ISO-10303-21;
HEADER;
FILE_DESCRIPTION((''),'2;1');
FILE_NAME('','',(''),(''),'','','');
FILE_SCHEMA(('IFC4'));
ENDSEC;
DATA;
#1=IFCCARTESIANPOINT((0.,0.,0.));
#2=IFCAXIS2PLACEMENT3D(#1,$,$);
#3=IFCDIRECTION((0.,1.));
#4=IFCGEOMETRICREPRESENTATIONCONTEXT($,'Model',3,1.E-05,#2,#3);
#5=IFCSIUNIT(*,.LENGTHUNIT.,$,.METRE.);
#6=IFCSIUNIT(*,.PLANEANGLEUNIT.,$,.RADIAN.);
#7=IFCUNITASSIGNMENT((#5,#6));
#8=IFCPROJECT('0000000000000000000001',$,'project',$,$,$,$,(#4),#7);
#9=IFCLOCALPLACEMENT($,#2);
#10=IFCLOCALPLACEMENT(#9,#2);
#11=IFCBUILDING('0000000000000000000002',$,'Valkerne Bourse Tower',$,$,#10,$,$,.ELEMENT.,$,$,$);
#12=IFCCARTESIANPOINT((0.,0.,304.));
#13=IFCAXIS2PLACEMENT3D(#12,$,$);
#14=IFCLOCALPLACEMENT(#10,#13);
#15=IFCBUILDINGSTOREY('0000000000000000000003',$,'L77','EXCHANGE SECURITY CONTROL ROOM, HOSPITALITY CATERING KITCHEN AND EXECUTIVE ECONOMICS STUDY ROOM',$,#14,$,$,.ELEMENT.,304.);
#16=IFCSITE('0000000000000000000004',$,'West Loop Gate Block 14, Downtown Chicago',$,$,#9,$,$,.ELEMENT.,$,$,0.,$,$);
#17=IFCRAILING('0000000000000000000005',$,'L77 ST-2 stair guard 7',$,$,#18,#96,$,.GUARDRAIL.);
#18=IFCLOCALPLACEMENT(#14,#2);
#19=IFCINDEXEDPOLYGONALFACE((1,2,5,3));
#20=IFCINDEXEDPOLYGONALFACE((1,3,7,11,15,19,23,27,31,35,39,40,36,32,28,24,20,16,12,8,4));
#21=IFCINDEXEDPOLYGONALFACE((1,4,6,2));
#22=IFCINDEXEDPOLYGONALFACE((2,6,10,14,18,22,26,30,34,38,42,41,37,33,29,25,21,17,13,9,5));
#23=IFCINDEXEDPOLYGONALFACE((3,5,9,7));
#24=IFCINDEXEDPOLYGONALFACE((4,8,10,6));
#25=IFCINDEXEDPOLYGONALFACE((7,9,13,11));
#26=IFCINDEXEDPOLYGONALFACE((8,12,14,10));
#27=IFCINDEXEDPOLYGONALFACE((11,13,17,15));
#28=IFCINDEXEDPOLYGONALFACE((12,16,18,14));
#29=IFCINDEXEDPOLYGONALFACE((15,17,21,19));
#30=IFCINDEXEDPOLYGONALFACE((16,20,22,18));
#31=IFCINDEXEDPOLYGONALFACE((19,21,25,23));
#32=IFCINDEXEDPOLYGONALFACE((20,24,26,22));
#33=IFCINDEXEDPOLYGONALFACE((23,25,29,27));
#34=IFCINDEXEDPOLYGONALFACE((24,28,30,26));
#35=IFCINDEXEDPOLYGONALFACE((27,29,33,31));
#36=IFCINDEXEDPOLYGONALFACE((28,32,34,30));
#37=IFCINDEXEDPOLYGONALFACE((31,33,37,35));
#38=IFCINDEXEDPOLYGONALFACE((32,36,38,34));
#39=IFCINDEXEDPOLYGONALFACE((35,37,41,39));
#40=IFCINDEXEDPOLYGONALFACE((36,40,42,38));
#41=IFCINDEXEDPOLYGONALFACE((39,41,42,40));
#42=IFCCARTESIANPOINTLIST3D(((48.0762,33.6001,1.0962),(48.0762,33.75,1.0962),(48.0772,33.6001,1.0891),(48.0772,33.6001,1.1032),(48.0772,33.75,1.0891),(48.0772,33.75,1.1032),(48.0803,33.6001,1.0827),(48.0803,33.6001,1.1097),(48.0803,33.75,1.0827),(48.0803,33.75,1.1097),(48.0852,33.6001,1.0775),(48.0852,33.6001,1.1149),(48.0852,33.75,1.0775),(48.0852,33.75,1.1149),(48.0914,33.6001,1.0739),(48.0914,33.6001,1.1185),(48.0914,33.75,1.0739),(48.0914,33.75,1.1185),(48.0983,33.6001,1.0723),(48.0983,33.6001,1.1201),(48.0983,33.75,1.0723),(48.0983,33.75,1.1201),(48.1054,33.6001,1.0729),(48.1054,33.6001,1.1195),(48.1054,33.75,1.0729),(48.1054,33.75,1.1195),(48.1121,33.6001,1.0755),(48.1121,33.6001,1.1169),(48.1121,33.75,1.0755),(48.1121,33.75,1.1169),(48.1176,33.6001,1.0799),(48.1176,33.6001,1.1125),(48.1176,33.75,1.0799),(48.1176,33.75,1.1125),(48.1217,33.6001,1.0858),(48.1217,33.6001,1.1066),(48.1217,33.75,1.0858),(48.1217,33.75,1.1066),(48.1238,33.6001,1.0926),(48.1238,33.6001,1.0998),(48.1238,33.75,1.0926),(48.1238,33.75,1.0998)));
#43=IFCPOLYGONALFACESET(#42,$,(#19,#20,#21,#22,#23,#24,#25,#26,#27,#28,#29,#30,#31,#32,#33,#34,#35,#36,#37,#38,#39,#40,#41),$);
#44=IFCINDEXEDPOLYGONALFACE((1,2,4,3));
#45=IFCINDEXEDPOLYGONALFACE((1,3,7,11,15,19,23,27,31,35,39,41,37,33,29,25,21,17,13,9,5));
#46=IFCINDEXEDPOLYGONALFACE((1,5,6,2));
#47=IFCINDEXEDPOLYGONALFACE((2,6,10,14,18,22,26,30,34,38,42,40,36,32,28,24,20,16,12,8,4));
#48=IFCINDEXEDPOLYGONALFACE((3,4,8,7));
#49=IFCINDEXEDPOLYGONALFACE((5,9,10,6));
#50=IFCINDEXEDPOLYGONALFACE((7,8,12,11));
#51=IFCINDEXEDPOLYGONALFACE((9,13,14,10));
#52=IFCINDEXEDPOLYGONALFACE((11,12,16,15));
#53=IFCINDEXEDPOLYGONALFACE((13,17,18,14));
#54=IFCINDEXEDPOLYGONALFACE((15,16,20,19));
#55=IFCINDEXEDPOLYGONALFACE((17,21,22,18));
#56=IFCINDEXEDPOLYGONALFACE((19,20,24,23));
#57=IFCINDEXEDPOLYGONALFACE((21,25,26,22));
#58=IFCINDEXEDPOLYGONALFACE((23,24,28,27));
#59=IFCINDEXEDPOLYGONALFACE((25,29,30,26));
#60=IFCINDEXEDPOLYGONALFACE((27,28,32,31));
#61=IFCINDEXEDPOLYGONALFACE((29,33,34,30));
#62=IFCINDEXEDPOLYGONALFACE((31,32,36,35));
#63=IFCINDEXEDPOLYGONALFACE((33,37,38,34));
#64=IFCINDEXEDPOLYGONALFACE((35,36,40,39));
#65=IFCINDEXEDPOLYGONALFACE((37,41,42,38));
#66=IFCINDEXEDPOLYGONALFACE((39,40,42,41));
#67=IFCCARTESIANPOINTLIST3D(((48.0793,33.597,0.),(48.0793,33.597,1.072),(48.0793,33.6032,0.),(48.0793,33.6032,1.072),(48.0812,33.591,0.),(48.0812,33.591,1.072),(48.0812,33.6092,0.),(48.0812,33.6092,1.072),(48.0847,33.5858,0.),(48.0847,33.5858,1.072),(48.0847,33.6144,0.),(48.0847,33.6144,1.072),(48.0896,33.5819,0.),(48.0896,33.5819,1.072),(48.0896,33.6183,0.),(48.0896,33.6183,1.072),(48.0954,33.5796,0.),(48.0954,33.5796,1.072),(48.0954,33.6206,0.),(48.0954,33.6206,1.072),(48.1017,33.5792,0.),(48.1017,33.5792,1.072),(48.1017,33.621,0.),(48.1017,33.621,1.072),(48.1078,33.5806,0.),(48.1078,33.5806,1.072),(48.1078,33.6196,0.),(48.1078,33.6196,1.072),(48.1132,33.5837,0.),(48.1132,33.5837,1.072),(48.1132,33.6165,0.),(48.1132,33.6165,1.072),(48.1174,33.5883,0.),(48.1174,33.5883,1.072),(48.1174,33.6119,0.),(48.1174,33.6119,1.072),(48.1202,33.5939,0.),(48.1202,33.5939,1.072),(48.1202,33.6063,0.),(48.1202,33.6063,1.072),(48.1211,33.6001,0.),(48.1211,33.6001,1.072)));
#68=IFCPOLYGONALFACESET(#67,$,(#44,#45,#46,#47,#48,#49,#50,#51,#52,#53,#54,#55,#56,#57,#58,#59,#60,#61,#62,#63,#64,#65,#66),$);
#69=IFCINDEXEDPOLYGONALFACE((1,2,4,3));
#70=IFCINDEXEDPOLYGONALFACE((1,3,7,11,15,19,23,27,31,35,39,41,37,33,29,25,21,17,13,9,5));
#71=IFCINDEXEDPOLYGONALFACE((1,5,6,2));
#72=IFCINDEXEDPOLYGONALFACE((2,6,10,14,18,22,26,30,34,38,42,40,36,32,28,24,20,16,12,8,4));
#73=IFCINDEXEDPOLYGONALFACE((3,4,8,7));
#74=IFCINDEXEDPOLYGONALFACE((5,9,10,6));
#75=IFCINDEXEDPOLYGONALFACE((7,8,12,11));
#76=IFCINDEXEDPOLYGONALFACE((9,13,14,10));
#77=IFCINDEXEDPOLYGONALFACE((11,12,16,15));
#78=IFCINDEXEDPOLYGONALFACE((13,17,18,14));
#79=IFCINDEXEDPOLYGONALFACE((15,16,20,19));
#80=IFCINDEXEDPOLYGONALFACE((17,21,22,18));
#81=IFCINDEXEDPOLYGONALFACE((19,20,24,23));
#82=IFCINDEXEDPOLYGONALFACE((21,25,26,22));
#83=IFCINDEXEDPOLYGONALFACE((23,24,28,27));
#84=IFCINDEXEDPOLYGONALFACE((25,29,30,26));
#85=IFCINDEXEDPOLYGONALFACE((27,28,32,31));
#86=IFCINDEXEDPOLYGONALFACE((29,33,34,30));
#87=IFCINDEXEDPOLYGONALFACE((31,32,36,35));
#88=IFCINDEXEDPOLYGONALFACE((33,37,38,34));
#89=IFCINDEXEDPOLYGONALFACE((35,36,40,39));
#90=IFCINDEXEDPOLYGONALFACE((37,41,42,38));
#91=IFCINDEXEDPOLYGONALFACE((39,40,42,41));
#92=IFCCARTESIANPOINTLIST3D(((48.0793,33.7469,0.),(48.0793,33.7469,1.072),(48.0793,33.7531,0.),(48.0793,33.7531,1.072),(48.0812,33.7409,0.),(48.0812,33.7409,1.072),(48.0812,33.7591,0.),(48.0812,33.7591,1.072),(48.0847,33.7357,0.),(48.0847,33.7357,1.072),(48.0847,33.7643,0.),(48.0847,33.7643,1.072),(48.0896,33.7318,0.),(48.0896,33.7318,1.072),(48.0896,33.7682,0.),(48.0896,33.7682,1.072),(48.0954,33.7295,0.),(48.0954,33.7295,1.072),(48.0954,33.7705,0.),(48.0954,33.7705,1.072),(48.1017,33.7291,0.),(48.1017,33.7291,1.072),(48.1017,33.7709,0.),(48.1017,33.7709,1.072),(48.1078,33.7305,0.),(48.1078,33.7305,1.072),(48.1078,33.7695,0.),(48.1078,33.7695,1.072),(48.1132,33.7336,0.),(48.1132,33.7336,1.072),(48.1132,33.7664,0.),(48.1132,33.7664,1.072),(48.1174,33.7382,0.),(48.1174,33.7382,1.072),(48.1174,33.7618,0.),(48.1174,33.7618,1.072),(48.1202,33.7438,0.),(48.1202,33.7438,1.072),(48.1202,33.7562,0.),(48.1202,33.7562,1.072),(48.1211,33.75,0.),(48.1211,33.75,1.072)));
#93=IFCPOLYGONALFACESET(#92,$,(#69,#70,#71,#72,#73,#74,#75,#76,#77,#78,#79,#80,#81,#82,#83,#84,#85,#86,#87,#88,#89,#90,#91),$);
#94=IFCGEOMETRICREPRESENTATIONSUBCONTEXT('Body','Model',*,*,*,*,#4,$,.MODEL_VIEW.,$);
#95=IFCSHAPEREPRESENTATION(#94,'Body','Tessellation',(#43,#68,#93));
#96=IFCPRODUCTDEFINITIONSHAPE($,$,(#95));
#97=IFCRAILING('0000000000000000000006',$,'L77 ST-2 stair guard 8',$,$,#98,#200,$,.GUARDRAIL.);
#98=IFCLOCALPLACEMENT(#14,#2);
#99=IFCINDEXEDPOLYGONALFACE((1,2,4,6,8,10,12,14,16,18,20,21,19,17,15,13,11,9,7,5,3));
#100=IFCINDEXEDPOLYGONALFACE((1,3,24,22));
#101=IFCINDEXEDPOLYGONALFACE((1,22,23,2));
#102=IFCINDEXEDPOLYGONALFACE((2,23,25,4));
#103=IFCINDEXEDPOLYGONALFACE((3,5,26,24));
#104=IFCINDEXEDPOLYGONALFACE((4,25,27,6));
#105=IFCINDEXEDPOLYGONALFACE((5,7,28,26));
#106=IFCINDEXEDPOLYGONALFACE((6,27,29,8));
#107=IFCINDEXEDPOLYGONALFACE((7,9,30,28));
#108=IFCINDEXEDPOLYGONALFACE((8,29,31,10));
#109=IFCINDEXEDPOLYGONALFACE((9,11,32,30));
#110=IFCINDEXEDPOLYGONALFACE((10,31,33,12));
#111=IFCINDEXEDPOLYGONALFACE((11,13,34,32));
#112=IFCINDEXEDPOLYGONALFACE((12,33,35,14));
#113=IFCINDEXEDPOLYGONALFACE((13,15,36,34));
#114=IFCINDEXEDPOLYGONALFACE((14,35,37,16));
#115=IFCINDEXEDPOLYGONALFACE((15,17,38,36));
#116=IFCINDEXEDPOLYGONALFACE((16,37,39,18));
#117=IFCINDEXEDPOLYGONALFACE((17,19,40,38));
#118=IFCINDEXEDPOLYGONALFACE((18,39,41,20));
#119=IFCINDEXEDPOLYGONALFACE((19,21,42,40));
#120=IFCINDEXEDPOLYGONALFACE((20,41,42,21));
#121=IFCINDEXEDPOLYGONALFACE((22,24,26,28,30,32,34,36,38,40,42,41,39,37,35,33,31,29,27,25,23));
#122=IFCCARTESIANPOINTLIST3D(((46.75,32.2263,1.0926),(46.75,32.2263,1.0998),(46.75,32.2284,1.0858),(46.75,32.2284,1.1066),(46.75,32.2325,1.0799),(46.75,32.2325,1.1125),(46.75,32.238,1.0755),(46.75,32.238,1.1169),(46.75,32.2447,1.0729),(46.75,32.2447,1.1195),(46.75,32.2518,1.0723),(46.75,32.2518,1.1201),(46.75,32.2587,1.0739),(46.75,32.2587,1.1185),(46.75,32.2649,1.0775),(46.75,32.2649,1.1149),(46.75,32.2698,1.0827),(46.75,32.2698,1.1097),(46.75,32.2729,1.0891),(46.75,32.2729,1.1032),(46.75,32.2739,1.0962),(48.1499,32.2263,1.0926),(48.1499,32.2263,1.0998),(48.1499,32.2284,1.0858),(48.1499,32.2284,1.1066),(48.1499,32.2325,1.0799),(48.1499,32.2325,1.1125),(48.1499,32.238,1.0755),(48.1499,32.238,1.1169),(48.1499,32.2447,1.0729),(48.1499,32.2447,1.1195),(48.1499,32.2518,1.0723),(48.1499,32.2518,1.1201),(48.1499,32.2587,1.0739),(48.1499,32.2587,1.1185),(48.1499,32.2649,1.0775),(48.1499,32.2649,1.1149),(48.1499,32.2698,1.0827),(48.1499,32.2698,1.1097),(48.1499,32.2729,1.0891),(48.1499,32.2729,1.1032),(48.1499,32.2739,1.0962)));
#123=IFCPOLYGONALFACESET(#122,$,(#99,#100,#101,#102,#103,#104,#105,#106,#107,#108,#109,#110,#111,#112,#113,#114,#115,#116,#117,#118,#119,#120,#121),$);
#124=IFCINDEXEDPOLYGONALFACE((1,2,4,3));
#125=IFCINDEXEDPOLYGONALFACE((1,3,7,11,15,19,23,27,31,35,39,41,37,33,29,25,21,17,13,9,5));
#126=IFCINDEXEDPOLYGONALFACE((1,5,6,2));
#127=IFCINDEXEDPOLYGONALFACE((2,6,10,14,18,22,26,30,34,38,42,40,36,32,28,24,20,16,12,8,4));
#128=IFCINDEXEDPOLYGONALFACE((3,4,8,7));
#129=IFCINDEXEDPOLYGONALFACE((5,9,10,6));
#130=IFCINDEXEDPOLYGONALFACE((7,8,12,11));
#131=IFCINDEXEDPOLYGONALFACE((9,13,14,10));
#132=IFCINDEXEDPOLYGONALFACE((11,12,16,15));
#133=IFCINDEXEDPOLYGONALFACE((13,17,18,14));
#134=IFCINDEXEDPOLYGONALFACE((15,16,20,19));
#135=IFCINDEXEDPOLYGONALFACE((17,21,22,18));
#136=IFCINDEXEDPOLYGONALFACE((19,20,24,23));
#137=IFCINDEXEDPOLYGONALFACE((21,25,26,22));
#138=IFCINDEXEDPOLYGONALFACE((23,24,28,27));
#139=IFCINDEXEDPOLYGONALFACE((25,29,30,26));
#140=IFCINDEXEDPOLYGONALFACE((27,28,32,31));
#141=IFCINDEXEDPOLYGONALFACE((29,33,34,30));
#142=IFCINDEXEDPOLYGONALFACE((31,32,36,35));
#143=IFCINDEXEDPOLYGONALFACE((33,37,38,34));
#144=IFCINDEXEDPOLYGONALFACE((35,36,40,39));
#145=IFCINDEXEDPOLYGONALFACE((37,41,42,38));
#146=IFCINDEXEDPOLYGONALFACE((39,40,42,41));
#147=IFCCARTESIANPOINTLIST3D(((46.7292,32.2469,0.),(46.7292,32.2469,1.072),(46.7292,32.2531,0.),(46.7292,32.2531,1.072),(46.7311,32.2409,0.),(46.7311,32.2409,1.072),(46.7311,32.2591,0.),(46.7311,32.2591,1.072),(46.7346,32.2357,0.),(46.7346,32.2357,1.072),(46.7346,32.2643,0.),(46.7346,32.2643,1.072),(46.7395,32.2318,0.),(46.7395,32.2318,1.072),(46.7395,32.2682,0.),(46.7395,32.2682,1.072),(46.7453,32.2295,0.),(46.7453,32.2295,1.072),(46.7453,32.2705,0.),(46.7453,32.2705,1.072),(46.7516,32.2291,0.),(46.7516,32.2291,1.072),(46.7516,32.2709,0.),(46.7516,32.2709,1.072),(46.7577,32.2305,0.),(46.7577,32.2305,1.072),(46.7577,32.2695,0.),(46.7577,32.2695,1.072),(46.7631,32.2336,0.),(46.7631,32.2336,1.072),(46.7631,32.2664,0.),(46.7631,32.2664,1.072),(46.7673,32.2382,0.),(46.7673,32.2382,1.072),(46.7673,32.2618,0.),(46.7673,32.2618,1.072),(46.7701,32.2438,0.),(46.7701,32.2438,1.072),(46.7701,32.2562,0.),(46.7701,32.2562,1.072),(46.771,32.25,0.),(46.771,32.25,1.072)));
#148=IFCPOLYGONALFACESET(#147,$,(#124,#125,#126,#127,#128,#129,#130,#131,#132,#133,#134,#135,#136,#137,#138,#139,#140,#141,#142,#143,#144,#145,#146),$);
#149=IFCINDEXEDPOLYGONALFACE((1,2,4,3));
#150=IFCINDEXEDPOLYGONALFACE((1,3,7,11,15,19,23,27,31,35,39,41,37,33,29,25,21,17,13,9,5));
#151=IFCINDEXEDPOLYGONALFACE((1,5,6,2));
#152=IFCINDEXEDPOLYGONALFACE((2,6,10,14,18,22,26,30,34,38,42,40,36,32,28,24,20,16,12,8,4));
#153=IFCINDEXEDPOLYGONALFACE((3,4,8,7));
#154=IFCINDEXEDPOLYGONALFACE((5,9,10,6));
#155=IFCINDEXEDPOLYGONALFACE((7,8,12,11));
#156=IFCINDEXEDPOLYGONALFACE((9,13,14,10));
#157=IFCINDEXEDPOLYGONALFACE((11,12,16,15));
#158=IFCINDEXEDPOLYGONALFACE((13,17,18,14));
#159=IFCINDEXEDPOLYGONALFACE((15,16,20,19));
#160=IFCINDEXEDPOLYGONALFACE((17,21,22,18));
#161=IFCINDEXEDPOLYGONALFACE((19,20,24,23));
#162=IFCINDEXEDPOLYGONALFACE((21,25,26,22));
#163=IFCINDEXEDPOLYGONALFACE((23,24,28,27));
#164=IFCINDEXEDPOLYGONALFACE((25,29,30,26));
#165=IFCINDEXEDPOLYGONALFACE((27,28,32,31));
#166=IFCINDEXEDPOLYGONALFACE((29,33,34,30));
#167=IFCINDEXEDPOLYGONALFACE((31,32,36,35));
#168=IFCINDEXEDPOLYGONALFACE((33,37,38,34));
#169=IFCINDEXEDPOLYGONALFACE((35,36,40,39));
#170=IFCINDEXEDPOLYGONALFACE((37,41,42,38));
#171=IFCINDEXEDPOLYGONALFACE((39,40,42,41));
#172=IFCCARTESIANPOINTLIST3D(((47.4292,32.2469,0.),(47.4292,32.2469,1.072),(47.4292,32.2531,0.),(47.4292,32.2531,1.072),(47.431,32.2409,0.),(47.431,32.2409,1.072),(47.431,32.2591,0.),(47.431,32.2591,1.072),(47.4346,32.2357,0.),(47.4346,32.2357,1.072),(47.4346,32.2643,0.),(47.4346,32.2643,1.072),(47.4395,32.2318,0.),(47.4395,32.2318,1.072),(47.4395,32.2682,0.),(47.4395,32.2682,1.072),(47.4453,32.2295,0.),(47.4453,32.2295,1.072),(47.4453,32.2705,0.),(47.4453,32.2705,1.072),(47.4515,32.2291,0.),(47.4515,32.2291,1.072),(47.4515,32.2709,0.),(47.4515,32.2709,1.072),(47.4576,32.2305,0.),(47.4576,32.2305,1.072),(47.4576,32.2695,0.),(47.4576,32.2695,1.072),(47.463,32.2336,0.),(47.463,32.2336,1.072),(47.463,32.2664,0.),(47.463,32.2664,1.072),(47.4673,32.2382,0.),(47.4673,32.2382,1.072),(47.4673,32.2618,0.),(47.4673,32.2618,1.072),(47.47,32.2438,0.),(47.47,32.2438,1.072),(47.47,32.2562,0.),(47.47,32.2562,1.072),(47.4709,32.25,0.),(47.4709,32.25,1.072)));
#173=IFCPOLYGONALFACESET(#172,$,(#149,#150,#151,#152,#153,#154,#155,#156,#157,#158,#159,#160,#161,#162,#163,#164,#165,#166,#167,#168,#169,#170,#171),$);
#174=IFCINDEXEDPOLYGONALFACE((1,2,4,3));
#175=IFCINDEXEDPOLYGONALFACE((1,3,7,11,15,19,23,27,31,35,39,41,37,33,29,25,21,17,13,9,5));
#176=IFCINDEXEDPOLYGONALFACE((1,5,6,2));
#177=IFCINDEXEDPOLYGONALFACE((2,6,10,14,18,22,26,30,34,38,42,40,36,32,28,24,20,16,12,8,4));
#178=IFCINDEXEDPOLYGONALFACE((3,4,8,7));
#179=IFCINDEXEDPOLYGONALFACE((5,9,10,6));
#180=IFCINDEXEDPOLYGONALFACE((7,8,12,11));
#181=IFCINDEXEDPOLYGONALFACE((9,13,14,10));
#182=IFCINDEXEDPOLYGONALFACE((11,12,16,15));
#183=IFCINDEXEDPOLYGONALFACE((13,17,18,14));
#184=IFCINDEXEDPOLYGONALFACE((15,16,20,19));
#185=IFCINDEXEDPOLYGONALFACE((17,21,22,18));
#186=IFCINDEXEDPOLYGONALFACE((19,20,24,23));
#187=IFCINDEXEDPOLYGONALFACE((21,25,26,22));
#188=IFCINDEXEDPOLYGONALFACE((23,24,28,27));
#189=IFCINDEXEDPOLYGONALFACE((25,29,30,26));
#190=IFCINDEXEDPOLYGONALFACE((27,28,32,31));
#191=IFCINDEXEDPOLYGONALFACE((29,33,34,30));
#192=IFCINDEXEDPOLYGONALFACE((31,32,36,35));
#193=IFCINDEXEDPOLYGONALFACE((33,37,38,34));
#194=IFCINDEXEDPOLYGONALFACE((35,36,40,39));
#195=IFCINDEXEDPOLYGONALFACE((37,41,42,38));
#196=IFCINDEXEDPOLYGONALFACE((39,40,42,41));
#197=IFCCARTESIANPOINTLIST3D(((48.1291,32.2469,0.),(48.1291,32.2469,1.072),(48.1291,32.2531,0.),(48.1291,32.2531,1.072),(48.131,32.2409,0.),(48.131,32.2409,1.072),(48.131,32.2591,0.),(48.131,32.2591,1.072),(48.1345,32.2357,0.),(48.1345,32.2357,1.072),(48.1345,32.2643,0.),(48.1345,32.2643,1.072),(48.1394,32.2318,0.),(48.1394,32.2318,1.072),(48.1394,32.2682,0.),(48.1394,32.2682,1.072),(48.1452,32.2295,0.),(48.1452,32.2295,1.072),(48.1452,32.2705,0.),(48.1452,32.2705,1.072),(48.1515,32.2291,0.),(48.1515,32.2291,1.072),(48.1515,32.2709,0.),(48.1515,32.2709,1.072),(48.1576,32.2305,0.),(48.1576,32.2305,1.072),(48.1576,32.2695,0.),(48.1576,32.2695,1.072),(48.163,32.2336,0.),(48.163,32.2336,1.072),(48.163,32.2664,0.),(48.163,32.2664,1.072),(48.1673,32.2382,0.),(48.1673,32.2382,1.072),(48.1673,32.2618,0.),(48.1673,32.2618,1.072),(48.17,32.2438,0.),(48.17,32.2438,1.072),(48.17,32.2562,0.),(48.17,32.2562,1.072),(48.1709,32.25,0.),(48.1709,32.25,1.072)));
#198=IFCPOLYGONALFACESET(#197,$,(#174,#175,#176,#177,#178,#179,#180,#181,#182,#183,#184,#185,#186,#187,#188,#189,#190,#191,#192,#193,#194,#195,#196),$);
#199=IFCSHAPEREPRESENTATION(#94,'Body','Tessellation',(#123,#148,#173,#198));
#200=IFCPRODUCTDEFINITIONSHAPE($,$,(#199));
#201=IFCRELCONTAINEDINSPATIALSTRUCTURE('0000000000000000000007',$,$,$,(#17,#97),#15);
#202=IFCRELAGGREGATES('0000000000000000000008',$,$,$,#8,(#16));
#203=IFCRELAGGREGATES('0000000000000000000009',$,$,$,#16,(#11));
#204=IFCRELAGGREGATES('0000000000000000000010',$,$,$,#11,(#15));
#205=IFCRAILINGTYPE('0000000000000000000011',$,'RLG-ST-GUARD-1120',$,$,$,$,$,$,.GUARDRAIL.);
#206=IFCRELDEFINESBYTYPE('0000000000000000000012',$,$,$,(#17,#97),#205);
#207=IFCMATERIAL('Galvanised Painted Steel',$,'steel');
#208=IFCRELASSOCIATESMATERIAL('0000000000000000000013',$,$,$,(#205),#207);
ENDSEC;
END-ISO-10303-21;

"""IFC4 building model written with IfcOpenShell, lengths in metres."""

from ifc_helpers import new_model, si_unit, direction, frame, origin, origin_2d, place, context, subcontext, project, spatial, circle, extrude, material, type_object, element, save


model = new_model("IFC4")

# Units and contexts
model_context = context("Model", 3, precision=1e-05, world=origin(), true_north=direction((0.0, 1.0)))
body_context = subcontext(model_context, "Body", "Model", "MODEL_VIEW")
ifc_project = project(units=[si_unit("LENGTHUNIT", "METRE"), si_unit("PLANEANGLEUNIT", "RADIAN")], contexts=[model_context])

# Site, building, storey
site_placement = place(None, origin())
site = spatial("IfcSite", under=ifc_project, at=site_placement, Name="West Loop Gate Block 14, Downtown Chicago", CompositionType="ELEMENT", RefElevation=0.0)
building_placement = place(site_placement, origin())
building = spatial("IfcBuilding", under=site, at=building_placement, Name="Valkerne Bourse Tower", CompositionType="ELEMENT")
storey_placement = place(building_placement, frame((0.0, 0.0, 304.0)))
storey = spatial("IfcBuildingStorey", under=building, at=storey_placement, Name="L77", Description="EXCHANGE SECURITY CONTROL ROOM, HOSPITALITY CATERING KITCHEN AND EXECUTIVE ECONOMICS STUDY ROOM", CompositionType="ELEMENT", Elevation=304.0)

# Shared definitions
ifc_material_1 = material(Name="Galvanised Painted Steel", Category="steel")

# Railings
railing_type_1 = type_object("IfcRailingType", Name="RLG-ST-GUARD-1120", PredefinedType="GUARDRAIL", material=ifc_material_1)
railing_1_placement = place(storey_placement, frame((48.1001, 33.6001, 0.0)))
element("IfcRailing", 1, at=railing_1_placement, inside=storey, type_object=railing_type_1, Name="L77 ST-2 stair guard 7", PredefinedType="GUARDRAIL", context=body_context, shape_type="SweptSolid", body=[
    extrude(circle(Radius=0.0239, at=origin_2d()), frame((0.0, 0.0, 1.0962), z_axis=(0.0, 1.0, 0.0), x_axis=(-1.0, 0.0, 0.0)), (0.0, 0.0, 1.0), 0.1499),
    extrude(circle(Radius=0.021, at=origin_2d()), origin(), (0.0, 0.0, 1.0), 1.072),
    extrude(circle(Radius=0.021, at=origin_2d()), frame((0.0, 0.1499, 0.0)), (0.0, 0.0, 1.0), 1.072),
])
for number, where, name in (
    (2, (46.75, 32.25, 0.0), "L77 ST-2 stair guard 8"),
):
    element("IfcRailing", number, at=place(storey_placement, frame(where)), inside=storey, type_object=railing_type_1, Name=name, PredefinedType="GUARDRAIL", context=body_context, shape_type="SweptSolid", body=[
        extrude(circle(Radius=0.0239, at=origin_2d()), frame((0.0, 0.0, 1.0962), z_axis=(1.0, 0.0, 0.0), x_axis=(0.0, 1.0, 0.0)), (0.0, 0.0, 1.0), 1.3999),
        extrude(circle(Radius=0.021, at=origin_2d()), origin(), (0.0, 0.0, 1.0), 1.072),
        extrude(circle(Radius=0.021, at=origin_2d()), frame((0.7, 0.0, 0.0)), (0.0, 0.0, 1.0), 1.072),
        extrude(circle(Radius=0.021, at=origin_2d()), frame((1.3999, 0.0, 0.0)), (0.0, 0.0, 1.0), 1.072),
    ])

save(model, "model.ifc")
